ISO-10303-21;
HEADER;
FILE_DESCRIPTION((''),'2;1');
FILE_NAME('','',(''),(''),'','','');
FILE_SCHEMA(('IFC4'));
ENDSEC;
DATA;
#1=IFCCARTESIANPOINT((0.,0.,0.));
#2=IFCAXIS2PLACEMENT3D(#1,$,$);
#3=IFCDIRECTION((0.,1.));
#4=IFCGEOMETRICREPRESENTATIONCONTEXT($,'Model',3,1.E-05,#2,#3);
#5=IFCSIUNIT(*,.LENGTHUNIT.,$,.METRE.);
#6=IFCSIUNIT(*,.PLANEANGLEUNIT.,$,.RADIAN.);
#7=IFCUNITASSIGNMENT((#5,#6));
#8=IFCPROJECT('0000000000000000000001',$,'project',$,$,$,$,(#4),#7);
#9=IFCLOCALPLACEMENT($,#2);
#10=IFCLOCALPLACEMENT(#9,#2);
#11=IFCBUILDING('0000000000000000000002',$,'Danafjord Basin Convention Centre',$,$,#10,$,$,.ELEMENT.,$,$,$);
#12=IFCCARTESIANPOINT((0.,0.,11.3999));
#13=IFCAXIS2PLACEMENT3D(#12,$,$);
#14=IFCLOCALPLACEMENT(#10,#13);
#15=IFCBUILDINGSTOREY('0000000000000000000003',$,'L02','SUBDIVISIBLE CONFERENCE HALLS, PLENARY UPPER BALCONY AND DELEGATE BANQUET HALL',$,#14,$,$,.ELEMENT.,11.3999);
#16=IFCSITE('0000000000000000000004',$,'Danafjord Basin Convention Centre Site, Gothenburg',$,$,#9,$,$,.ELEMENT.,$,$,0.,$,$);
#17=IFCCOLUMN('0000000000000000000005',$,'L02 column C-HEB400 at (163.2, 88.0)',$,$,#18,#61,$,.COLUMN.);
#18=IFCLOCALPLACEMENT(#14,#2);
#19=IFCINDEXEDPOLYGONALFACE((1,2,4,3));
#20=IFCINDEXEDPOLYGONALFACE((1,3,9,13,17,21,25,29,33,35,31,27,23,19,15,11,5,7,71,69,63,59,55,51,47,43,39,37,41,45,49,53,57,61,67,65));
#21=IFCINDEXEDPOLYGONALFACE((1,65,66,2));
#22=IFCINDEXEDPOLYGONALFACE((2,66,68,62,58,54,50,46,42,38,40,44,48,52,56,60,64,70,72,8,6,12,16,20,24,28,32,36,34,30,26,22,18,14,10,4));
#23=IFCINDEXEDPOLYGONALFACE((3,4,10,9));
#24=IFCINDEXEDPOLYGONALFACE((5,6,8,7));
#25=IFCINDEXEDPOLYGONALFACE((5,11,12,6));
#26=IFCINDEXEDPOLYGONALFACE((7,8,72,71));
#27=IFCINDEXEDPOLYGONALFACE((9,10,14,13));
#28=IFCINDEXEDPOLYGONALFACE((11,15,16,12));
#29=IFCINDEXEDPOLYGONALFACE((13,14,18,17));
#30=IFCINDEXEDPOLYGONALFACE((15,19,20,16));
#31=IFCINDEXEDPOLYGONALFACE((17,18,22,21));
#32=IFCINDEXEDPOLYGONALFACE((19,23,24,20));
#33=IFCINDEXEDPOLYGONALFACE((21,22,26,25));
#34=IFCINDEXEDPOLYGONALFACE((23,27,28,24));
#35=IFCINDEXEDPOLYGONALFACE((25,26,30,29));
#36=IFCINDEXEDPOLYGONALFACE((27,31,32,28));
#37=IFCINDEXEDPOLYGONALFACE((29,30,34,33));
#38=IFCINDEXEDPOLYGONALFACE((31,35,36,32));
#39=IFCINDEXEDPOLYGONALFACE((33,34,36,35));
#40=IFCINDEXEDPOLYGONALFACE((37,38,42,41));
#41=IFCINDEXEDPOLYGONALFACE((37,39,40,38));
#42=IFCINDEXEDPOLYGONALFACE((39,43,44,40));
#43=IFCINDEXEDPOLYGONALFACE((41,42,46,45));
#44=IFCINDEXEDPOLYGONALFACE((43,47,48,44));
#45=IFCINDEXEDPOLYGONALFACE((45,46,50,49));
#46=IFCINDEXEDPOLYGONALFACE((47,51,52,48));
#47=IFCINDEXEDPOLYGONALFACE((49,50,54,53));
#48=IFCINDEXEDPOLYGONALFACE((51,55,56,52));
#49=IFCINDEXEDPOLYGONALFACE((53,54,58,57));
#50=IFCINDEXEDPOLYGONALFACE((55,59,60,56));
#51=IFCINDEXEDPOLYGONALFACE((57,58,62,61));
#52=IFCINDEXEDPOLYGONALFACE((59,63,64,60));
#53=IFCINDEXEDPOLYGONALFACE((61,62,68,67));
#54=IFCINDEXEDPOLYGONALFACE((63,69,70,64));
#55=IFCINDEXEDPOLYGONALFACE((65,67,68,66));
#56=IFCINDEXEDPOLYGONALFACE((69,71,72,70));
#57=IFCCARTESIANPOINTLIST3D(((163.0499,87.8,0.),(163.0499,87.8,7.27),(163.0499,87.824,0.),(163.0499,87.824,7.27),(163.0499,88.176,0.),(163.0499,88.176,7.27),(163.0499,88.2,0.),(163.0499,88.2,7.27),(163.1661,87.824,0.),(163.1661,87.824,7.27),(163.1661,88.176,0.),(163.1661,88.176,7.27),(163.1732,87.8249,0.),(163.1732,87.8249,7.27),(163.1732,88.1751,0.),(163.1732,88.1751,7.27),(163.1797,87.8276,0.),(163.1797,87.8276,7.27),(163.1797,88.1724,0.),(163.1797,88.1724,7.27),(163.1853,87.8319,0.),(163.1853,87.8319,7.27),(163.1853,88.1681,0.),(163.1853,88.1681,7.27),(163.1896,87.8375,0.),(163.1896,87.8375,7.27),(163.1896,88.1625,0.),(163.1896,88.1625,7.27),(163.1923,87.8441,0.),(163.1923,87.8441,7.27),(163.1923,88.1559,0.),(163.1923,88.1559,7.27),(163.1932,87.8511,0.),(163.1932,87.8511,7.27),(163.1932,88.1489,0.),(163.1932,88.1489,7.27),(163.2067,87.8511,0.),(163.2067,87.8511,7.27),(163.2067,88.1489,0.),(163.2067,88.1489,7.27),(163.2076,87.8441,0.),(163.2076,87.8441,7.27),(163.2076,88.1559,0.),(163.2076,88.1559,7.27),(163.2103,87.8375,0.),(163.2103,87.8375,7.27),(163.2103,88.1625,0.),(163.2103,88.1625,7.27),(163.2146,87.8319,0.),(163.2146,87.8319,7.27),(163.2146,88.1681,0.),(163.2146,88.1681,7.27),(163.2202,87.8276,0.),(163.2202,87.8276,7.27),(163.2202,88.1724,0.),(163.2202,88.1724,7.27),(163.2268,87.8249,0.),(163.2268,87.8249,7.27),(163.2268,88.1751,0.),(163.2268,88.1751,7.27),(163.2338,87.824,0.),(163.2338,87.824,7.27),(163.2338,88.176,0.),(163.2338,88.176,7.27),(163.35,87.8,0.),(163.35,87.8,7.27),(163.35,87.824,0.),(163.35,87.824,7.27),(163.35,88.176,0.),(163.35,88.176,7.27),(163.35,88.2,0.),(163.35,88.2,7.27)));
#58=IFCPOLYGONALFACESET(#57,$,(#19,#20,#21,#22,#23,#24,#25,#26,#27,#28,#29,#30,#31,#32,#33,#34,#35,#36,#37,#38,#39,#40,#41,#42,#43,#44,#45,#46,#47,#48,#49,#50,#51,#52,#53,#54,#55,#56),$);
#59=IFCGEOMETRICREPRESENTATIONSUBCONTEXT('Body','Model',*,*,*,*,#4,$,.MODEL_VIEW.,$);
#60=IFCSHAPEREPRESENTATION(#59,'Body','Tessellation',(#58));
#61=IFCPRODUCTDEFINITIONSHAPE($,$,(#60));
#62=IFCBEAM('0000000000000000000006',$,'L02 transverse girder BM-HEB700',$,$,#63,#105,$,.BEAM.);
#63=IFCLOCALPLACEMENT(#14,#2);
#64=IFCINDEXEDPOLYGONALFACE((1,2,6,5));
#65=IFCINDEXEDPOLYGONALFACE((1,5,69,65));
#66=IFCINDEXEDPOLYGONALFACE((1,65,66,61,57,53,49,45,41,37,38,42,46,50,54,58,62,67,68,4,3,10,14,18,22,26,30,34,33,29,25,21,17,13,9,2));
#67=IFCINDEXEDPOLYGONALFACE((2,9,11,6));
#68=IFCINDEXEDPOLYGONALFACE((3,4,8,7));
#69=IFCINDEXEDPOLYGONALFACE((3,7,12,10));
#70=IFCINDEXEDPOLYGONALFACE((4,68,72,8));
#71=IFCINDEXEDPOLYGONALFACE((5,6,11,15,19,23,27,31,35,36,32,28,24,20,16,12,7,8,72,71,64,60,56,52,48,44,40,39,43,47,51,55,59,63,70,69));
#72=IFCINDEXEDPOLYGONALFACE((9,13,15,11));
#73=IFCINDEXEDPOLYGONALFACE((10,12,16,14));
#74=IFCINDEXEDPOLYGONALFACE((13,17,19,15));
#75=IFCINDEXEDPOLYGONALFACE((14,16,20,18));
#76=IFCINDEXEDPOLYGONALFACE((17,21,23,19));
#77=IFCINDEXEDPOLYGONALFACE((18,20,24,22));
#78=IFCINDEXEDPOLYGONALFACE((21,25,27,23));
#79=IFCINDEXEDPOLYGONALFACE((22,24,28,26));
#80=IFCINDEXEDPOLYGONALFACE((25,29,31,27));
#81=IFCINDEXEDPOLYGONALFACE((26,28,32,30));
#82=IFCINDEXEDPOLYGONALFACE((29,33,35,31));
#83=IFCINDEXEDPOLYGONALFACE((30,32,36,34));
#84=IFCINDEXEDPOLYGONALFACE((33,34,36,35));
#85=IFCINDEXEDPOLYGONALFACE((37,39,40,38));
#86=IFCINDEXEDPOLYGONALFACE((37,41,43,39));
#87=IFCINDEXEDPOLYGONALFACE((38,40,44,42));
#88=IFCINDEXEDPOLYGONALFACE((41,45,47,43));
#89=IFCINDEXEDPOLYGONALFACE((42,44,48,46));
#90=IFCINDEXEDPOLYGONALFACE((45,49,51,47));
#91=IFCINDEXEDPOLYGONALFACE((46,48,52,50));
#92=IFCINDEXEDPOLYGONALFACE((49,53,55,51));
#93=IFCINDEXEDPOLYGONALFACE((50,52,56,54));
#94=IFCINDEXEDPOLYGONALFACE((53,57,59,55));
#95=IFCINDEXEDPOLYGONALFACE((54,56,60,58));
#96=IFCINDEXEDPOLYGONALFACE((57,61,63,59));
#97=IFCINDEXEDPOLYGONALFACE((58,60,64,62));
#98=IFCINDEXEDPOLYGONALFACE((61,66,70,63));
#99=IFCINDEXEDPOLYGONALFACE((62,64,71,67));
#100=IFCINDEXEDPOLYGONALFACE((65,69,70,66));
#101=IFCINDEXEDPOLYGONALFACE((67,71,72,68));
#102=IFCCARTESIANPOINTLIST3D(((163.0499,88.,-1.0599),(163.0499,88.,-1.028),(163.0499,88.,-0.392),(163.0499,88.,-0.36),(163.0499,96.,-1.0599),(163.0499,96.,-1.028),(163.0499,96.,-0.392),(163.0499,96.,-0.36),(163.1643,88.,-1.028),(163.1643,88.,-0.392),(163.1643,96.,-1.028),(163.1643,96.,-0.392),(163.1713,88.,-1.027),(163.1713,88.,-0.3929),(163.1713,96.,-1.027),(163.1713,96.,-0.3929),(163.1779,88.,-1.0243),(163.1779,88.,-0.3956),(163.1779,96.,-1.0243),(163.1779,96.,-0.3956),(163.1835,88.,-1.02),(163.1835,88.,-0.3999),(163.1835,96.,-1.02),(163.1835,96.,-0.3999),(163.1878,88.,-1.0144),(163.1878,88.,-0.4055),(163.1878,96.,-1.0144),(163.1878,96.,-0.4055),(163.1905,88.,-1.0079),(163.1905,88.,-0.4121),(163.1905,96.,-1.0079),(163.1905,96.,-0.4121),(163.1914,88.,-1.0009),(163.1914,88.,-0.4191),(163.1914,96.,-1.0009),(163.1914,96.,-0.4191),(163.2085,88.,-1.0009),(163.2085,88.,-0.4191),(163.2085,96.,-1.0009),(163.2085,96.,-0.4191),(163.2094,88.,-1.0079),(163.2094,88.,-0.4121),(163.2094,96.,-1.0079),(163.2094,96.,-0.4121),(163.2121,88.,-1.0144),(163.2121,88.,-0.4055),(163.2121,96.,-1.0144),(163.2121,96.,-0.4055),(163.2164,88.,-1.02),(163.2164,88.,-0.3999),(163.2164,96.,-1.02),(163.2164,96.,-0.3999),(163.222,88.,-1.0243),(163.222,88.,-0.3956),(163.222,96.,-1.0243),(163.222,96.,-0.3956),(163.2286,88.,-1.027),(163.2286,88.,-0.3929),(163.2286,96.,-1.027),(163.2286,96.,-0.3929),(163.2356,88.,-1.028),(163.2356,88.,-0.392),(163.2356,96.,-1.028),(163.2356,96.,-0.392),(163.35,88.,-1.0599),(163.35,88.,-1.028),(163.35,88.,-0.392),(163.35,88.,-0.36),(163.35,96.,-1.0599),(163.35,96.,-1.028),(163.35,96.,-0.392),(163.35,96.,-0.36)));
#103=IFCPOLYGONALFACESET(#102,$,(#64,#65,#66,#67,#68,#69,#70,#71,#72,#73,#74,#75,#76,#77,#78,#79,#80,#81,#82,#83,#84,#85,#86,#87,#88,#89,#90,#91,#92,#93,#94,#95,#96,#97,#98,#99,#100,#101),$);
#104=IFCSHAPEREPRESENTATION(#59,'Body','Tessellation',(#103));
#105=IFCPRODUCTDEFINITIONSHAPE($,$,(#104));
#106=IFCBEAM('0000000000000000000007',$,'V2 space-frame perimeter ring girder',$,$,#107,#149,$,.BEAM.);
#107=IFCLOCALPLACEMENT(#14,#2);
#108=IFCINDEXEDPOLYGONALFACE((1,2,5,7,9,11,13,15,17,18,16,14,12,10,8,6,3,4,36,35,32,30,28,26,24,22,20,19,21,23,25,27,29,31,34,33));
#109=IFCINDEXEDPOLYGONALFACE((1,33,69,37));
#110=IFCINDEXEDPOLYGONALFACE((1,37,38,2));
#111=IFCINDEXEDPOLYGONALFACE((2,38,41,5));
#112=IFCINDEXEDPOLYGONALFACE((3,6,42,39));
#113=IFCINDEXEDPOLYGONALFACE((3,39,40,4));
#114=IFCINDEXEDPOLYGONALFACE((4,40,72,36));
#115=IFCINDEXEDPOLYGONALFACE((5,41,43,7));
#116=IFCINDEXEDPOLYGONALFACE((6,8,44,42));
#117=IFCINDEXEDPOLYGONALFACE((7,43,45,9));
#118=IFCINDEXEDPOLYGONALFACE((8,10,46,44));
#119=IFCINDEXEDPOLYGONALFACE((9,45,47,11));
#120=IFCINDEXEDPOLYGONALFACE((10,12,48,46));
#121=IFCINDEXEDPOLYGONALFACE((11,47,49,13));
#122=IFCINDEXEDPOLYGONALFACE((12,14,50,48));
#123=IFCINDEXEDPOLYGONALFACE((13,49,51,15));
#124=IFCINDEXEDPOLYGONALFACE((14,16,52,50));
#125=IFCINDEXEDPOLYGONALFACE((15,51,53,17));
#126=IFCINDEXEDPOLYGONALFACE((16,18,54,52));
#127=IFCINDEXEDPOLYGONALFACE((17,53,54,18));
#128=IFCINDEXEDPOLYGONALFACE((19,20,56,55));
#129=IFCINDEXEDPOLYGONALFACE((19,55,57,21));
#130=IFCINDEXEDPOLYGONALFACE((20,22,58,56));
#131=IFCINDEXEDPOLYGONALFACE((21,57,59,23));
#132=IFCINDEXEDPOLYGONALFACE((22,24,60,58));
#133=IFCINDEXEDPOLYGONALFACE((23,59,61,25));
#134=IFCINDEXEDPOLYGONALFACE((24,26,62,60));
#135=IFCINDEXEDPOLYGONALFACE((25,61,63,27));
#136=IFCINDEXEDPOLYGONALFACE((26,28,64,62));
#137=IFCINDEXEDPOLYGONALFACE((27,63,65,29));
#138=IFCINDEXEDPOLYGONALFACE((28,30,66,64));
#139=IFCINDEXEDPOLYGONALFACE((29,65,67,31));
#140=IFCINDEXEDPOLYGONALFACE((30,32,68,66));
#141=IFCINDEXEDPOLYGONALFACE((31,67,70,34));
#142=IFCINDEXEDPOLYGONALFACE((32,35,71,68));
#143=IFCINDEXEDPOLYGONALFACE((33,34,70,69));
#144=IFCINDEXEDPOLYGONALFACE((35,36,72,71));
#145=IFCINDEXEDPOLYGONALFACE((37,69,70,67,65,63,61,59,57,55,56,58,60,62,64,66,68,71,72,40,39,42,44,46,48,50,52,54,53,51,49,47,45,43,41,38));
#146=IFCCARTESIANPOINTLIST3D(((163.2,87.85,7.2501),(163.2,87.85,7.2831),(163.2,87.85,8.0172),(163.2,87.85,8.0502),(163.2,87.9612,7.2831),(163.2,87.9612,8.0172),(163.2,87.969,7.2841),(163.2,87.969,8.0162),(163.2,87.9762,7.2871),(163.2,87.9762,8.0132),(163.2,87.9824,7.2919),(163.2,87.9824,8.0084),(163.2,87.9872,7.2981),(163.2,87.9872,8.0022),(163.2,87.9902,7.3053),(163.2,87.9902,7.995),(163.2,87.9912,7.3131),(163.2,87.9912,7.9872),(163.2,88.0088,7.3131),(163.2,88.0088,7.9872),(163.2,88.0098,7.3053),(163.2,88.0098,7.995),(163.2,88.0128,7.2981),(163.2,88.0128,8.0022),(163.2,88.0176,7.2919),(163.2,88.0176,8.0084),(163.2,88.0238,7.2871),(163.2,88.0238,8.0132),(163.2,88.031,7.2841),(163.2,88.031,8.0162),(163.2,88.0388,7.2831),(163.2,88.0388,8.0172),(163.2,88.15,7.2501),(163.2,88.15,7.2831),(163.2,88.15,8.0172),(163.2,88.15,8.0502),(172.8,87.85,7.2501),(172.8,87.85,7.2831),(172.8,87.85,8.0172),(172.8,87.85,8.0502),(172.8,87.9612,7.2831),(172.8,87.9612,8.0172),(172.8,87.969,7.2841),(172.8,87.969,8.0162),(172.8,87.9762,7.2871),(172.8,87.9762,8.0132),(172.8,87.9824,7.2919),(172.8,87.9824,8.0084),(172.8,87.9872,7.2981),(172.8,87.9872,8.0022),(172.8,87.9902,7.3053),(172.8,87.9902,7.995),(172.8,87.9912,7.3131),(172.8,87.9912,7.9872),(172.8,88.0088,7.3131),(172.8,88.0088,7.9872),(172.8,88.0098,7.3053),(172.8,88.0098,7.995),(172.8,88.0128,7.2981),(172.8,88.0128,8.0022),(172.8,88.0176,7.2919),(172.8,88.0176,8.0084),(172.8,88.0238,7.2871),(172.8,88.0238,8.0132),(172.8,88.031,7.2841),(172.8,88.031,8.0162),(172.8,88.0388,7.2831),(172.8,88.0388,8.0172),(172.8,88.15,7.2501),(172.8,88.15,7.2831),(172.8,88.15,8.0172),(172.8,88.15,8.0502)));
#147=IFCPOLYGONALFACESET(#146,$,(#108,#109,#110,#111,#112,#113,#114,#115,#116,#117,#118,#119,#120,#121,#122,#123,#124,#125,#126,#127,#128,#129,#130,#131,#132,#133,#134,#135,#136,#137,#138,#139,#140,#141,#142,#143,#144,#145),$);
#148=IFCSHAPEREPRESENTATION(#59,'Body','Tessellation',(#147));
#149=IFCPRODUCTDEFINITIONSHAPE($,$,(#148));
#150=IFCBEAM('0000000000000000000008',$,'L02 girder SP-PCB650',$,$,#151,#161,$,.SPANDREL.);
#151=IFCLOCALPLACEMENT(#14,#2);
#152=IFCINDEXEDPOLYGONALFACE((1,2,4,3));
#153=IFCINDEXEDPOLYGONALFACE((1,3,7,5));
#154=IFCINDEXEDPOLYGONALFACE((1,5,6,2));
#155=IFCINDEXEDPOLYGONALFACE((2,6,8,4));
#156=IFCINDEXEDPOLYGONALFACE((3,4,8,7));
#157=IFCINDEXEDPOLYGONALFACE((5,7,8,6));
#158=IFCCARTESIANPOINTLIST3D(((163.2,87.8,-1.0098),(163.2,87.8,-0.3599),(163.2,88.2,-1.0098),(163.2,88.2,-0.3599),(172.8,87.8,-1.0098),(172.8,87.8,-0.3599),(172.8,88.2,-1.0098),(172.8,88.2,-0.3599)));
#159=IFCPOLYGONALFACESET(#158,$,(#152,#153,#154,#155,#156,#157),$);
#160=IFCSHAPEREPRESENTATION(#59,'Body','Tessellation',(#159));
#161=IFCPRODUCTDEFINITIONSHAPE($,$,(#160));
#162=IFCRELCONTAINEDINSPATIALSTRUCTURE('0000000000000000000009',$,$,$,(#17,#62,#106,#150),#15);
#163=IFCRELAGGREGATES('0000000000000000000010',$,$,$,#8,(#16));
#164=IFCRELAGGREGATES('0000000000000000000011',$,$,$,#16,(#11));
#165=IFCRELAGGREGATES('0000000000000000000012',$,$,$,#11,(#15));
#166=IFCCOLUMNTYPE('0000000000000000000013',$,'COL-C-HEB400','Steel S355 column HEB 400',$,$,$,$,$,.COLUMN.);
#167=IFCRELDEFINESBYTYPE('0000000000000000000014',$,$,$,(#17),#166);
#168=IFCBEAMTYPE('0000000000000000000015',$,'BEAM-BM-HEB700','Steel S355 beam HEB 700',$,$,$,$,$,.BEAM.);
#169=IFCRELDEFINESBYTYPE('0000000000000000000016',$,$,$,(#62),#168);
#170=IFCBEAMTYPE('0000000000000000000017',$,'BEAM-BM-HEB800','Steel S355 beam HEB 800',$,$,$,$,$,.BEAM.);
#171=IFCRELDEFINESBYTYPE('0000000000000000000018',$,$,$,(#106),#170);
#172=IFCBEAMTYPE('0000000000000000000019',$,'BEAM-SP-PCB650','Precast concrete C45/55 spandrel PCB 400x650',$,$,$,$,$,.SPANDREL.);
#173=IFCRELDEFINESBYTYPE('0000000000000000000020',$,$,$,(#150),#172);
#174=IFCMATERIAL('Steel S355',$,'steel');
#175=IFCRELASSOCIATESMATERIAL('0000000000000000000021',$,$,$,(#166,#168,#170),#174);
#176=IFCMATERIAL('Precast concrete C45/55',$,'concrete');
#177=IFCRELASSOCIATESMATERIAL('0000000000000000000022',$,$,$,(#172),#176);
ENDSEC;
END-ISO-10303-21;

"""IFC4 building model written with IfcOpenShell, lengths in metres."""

from ifc_helpers import new_model, si_unit, direction, frame, origin, origin_2d, place, context, subcontext, project, spatial, rectangle, i_section, extrude, material, material_profile, profile_set, type_object, element, save


model = new_model("IFC4")

# Units and contexts
model_context = context("Model", 3, precision=1e-05, world=origin(), true_north=direction((0.0, 1.0)))
body_context = subcontext(model_context, "Body", "Model", "MODEL_VIEW")
ifc_project = project(units=[si_unit("LENGTHUNIT", "METRE"), si_unit("PLANEANGLEUNIT", "RADIAN")], contexts=[model_context])

# Site, building, storey
site_placement = place(None, origin())
site = spatial("IfcSite", under=ifc_project, at=site_placement, Name="Danafjord Basin Convention Centre Site, Gothenburg", CompositionType="ELEMENT", RefElevation=0.0)
building_placement = place(site_placement, origin())
building = spatial("IfcBuilding", under=site, at=building_placement, Name="Danafjord Basin Convention Centre", CompositionType="ELEMENT")
storey_placement = place(building_placement, frame((0.0, 0.0, 11.3999)))
storey = spatial("IfcBuildingStorey", under=building, at=storey_placement, Name="L02", Description="SUBDIVISIBLE CONFERENCE HALLS, PLENARY UPPER BALCONY AND DELEGATE BANQUET HALL", CompositionType="ELEMENT", Elevation=11.3999)

# Column
ifc_material_1 = material(Name="Steel S355", Category="steel")
ifc_material_profile_1 = material_profile(ifc_material_1, i_section(OverallWidth=0.3, OverallDepth=0.3999, WebThickness=0.0134, FlangeThickness=0.0239, FilletRadius=0.0271, at=origin_2d()), Name="HEB 400")
ifc_profile_set_1 = profile_set([ifc_material_profile_1], Name="Steel S355")
column_type = type_object("IfcColumnType", Name="COL-C-HEB400", Description="Steel S355 column HEB 400", PredefinedType="COLUMN", material=ifc_profile_set_1)
column_placement = place(storey_placement, frame((163.2, 88.0, 0.0), z_axis=(0.0, 0.0, 1.0), x_axis=(1.0, 0.0, 0.0)))
element("IfcColumn", 1, at=column_placement, inside=storey, type_object=column_type, Name="L02 column C-HEB400 at (163.2, 88.0)", PredefinedType="COLUMN", context=body_context, shape_type="SweptSolid", body=[
    extrude(i_section(OverallWidth=0.3, OverallDepth=0.3999, WebThickness=0.0134, FlangeThickness=0.0239, FilletRadius=0.0271, at=origin_2d()), origin(), (0.0, 0.0, 1.0), 7.27),
])

# Beams
ifc_material_profile_2 = material_profile(ifc_material_1, i_section(OverallWidth=0.3, OverallDepth=0.7, WebThickness=0.0171, FlangeThickness=0.032, FilletRadius=0.0271, at=origin_2d()), Name="HEB 700")
ifc_profile_set_2 = profile_set([ifc_material_profile_2], Name="Steel S355")
beam_type_1 = type_object("IfcBeamType", Name="BEAM-BM-HEB700", Description="Steel S355 beam HEB 700", PredefinedType="BEAM", material=ifc_profile_set_2)
beam_1_placement = place(storey_placement, frame((163.2, 88.0, -0.71), z_axis=(0.0, 1.0, 0.0), x_axis=(-1.0, 0.0, 0.0)))
element("IfcBeam", 2, at=beam_1_placement, inside=storey, type_object=beam_type_1, Name="L02 transverse girder BM-HEB700", PredefinedType="BEAM", context=body_context, shape_type="SweptSolid", body=[
    extrude(i_section(OverallWidth=0.3, OverallDepth=0.7, WebThickness=0.0171, FlangeThickness=0.032, FilletRadius=0.0271, at=origin_2d()), origin(), (0.0, 0.0, 1.0), 8.0),
])
ifc_material_profile_3 = material_profile(ifc_material_1, i_section(OverallWidth=0.3, OverallDepth=0.8, WebThickness=0.0176, FlangeThickness=0.033, FilletRadius=0.03, at=origin_2d()), Name="HEB 800")
ifc_profile_set_3 = profile_set([ifc_material_profile_3], Name="Steel S355")
beam_type_2 = type_object("IfcBeamType", Name="BEAM-BM-HEB800", Description="Steel S355 beam HEB 800", PredefinedType="BEAM", material=ifc_profile_set_3)
beam_2_placement = place(storey_placement, frame((163.2, 88.0, 7.6501), z_axis=(1.0, 0.0, 0.0), x_axis=(0.0, 1.0, 0.0)))
element("IfcBeam", 3, at=beam_2_placement, inside=storey, type_object=beam_type_2, Name="V2 space-frame perimeter ring girder", PredefinedType="BEAM", context=body_context, shape_type="SweptSolid", body=[
    extrude(i_section(OverallWidth=0.3, OverallDepth=0.8, WebThickness=0.0176, FlangeThickness=0.033, FilletRadius=0.03, at=origin_2d()), origin(), (0.0, 0.0, 1.0), 9.6001),
])
ifc_material_2 = material(Name="Precast concrete C45/55", Category="concrete")
ifc_material_profile_4 = material_profile(ifc_material_2, rectangle(XDim=0.3999, YDim=0.6499, at=origin_2d()), Name="PCB 400x650")
ifc_profile_set_4 = profile_set([ifc_material_profile_4], Name="Precast concrete C45/55")
beam_type_3 = type_object("IfcBeamType", Name="BEAM-SP-PCB650", Description="Precast concrete C45/55 spandrel PCB 400x650", PredefinedType="SPANDREL", material=ifc_profile_set_4)
beam_3_placement = place(storey_placement, frame((163.2, 88.0, -0.6848), z_axis=(1.0, 0.0, 0.0), x_axis=(0.0, 1.0, 0.0)))
element("IfcBeam", 4, at=beam_3_placement, inside=storey, type_object=beam_type_3, Name="L02 girder SP-PCB650", PredefinedType="SPANDREL", context=body_context, shape_type="SweptSolid", body=[
    extrude(rectangle(XDim=0.3999, YDim=0.6499, at=origin_2d()), origin(), (0.0, 0.0, 1.0), 9.6001),
])

save(model, "model.ifc")
